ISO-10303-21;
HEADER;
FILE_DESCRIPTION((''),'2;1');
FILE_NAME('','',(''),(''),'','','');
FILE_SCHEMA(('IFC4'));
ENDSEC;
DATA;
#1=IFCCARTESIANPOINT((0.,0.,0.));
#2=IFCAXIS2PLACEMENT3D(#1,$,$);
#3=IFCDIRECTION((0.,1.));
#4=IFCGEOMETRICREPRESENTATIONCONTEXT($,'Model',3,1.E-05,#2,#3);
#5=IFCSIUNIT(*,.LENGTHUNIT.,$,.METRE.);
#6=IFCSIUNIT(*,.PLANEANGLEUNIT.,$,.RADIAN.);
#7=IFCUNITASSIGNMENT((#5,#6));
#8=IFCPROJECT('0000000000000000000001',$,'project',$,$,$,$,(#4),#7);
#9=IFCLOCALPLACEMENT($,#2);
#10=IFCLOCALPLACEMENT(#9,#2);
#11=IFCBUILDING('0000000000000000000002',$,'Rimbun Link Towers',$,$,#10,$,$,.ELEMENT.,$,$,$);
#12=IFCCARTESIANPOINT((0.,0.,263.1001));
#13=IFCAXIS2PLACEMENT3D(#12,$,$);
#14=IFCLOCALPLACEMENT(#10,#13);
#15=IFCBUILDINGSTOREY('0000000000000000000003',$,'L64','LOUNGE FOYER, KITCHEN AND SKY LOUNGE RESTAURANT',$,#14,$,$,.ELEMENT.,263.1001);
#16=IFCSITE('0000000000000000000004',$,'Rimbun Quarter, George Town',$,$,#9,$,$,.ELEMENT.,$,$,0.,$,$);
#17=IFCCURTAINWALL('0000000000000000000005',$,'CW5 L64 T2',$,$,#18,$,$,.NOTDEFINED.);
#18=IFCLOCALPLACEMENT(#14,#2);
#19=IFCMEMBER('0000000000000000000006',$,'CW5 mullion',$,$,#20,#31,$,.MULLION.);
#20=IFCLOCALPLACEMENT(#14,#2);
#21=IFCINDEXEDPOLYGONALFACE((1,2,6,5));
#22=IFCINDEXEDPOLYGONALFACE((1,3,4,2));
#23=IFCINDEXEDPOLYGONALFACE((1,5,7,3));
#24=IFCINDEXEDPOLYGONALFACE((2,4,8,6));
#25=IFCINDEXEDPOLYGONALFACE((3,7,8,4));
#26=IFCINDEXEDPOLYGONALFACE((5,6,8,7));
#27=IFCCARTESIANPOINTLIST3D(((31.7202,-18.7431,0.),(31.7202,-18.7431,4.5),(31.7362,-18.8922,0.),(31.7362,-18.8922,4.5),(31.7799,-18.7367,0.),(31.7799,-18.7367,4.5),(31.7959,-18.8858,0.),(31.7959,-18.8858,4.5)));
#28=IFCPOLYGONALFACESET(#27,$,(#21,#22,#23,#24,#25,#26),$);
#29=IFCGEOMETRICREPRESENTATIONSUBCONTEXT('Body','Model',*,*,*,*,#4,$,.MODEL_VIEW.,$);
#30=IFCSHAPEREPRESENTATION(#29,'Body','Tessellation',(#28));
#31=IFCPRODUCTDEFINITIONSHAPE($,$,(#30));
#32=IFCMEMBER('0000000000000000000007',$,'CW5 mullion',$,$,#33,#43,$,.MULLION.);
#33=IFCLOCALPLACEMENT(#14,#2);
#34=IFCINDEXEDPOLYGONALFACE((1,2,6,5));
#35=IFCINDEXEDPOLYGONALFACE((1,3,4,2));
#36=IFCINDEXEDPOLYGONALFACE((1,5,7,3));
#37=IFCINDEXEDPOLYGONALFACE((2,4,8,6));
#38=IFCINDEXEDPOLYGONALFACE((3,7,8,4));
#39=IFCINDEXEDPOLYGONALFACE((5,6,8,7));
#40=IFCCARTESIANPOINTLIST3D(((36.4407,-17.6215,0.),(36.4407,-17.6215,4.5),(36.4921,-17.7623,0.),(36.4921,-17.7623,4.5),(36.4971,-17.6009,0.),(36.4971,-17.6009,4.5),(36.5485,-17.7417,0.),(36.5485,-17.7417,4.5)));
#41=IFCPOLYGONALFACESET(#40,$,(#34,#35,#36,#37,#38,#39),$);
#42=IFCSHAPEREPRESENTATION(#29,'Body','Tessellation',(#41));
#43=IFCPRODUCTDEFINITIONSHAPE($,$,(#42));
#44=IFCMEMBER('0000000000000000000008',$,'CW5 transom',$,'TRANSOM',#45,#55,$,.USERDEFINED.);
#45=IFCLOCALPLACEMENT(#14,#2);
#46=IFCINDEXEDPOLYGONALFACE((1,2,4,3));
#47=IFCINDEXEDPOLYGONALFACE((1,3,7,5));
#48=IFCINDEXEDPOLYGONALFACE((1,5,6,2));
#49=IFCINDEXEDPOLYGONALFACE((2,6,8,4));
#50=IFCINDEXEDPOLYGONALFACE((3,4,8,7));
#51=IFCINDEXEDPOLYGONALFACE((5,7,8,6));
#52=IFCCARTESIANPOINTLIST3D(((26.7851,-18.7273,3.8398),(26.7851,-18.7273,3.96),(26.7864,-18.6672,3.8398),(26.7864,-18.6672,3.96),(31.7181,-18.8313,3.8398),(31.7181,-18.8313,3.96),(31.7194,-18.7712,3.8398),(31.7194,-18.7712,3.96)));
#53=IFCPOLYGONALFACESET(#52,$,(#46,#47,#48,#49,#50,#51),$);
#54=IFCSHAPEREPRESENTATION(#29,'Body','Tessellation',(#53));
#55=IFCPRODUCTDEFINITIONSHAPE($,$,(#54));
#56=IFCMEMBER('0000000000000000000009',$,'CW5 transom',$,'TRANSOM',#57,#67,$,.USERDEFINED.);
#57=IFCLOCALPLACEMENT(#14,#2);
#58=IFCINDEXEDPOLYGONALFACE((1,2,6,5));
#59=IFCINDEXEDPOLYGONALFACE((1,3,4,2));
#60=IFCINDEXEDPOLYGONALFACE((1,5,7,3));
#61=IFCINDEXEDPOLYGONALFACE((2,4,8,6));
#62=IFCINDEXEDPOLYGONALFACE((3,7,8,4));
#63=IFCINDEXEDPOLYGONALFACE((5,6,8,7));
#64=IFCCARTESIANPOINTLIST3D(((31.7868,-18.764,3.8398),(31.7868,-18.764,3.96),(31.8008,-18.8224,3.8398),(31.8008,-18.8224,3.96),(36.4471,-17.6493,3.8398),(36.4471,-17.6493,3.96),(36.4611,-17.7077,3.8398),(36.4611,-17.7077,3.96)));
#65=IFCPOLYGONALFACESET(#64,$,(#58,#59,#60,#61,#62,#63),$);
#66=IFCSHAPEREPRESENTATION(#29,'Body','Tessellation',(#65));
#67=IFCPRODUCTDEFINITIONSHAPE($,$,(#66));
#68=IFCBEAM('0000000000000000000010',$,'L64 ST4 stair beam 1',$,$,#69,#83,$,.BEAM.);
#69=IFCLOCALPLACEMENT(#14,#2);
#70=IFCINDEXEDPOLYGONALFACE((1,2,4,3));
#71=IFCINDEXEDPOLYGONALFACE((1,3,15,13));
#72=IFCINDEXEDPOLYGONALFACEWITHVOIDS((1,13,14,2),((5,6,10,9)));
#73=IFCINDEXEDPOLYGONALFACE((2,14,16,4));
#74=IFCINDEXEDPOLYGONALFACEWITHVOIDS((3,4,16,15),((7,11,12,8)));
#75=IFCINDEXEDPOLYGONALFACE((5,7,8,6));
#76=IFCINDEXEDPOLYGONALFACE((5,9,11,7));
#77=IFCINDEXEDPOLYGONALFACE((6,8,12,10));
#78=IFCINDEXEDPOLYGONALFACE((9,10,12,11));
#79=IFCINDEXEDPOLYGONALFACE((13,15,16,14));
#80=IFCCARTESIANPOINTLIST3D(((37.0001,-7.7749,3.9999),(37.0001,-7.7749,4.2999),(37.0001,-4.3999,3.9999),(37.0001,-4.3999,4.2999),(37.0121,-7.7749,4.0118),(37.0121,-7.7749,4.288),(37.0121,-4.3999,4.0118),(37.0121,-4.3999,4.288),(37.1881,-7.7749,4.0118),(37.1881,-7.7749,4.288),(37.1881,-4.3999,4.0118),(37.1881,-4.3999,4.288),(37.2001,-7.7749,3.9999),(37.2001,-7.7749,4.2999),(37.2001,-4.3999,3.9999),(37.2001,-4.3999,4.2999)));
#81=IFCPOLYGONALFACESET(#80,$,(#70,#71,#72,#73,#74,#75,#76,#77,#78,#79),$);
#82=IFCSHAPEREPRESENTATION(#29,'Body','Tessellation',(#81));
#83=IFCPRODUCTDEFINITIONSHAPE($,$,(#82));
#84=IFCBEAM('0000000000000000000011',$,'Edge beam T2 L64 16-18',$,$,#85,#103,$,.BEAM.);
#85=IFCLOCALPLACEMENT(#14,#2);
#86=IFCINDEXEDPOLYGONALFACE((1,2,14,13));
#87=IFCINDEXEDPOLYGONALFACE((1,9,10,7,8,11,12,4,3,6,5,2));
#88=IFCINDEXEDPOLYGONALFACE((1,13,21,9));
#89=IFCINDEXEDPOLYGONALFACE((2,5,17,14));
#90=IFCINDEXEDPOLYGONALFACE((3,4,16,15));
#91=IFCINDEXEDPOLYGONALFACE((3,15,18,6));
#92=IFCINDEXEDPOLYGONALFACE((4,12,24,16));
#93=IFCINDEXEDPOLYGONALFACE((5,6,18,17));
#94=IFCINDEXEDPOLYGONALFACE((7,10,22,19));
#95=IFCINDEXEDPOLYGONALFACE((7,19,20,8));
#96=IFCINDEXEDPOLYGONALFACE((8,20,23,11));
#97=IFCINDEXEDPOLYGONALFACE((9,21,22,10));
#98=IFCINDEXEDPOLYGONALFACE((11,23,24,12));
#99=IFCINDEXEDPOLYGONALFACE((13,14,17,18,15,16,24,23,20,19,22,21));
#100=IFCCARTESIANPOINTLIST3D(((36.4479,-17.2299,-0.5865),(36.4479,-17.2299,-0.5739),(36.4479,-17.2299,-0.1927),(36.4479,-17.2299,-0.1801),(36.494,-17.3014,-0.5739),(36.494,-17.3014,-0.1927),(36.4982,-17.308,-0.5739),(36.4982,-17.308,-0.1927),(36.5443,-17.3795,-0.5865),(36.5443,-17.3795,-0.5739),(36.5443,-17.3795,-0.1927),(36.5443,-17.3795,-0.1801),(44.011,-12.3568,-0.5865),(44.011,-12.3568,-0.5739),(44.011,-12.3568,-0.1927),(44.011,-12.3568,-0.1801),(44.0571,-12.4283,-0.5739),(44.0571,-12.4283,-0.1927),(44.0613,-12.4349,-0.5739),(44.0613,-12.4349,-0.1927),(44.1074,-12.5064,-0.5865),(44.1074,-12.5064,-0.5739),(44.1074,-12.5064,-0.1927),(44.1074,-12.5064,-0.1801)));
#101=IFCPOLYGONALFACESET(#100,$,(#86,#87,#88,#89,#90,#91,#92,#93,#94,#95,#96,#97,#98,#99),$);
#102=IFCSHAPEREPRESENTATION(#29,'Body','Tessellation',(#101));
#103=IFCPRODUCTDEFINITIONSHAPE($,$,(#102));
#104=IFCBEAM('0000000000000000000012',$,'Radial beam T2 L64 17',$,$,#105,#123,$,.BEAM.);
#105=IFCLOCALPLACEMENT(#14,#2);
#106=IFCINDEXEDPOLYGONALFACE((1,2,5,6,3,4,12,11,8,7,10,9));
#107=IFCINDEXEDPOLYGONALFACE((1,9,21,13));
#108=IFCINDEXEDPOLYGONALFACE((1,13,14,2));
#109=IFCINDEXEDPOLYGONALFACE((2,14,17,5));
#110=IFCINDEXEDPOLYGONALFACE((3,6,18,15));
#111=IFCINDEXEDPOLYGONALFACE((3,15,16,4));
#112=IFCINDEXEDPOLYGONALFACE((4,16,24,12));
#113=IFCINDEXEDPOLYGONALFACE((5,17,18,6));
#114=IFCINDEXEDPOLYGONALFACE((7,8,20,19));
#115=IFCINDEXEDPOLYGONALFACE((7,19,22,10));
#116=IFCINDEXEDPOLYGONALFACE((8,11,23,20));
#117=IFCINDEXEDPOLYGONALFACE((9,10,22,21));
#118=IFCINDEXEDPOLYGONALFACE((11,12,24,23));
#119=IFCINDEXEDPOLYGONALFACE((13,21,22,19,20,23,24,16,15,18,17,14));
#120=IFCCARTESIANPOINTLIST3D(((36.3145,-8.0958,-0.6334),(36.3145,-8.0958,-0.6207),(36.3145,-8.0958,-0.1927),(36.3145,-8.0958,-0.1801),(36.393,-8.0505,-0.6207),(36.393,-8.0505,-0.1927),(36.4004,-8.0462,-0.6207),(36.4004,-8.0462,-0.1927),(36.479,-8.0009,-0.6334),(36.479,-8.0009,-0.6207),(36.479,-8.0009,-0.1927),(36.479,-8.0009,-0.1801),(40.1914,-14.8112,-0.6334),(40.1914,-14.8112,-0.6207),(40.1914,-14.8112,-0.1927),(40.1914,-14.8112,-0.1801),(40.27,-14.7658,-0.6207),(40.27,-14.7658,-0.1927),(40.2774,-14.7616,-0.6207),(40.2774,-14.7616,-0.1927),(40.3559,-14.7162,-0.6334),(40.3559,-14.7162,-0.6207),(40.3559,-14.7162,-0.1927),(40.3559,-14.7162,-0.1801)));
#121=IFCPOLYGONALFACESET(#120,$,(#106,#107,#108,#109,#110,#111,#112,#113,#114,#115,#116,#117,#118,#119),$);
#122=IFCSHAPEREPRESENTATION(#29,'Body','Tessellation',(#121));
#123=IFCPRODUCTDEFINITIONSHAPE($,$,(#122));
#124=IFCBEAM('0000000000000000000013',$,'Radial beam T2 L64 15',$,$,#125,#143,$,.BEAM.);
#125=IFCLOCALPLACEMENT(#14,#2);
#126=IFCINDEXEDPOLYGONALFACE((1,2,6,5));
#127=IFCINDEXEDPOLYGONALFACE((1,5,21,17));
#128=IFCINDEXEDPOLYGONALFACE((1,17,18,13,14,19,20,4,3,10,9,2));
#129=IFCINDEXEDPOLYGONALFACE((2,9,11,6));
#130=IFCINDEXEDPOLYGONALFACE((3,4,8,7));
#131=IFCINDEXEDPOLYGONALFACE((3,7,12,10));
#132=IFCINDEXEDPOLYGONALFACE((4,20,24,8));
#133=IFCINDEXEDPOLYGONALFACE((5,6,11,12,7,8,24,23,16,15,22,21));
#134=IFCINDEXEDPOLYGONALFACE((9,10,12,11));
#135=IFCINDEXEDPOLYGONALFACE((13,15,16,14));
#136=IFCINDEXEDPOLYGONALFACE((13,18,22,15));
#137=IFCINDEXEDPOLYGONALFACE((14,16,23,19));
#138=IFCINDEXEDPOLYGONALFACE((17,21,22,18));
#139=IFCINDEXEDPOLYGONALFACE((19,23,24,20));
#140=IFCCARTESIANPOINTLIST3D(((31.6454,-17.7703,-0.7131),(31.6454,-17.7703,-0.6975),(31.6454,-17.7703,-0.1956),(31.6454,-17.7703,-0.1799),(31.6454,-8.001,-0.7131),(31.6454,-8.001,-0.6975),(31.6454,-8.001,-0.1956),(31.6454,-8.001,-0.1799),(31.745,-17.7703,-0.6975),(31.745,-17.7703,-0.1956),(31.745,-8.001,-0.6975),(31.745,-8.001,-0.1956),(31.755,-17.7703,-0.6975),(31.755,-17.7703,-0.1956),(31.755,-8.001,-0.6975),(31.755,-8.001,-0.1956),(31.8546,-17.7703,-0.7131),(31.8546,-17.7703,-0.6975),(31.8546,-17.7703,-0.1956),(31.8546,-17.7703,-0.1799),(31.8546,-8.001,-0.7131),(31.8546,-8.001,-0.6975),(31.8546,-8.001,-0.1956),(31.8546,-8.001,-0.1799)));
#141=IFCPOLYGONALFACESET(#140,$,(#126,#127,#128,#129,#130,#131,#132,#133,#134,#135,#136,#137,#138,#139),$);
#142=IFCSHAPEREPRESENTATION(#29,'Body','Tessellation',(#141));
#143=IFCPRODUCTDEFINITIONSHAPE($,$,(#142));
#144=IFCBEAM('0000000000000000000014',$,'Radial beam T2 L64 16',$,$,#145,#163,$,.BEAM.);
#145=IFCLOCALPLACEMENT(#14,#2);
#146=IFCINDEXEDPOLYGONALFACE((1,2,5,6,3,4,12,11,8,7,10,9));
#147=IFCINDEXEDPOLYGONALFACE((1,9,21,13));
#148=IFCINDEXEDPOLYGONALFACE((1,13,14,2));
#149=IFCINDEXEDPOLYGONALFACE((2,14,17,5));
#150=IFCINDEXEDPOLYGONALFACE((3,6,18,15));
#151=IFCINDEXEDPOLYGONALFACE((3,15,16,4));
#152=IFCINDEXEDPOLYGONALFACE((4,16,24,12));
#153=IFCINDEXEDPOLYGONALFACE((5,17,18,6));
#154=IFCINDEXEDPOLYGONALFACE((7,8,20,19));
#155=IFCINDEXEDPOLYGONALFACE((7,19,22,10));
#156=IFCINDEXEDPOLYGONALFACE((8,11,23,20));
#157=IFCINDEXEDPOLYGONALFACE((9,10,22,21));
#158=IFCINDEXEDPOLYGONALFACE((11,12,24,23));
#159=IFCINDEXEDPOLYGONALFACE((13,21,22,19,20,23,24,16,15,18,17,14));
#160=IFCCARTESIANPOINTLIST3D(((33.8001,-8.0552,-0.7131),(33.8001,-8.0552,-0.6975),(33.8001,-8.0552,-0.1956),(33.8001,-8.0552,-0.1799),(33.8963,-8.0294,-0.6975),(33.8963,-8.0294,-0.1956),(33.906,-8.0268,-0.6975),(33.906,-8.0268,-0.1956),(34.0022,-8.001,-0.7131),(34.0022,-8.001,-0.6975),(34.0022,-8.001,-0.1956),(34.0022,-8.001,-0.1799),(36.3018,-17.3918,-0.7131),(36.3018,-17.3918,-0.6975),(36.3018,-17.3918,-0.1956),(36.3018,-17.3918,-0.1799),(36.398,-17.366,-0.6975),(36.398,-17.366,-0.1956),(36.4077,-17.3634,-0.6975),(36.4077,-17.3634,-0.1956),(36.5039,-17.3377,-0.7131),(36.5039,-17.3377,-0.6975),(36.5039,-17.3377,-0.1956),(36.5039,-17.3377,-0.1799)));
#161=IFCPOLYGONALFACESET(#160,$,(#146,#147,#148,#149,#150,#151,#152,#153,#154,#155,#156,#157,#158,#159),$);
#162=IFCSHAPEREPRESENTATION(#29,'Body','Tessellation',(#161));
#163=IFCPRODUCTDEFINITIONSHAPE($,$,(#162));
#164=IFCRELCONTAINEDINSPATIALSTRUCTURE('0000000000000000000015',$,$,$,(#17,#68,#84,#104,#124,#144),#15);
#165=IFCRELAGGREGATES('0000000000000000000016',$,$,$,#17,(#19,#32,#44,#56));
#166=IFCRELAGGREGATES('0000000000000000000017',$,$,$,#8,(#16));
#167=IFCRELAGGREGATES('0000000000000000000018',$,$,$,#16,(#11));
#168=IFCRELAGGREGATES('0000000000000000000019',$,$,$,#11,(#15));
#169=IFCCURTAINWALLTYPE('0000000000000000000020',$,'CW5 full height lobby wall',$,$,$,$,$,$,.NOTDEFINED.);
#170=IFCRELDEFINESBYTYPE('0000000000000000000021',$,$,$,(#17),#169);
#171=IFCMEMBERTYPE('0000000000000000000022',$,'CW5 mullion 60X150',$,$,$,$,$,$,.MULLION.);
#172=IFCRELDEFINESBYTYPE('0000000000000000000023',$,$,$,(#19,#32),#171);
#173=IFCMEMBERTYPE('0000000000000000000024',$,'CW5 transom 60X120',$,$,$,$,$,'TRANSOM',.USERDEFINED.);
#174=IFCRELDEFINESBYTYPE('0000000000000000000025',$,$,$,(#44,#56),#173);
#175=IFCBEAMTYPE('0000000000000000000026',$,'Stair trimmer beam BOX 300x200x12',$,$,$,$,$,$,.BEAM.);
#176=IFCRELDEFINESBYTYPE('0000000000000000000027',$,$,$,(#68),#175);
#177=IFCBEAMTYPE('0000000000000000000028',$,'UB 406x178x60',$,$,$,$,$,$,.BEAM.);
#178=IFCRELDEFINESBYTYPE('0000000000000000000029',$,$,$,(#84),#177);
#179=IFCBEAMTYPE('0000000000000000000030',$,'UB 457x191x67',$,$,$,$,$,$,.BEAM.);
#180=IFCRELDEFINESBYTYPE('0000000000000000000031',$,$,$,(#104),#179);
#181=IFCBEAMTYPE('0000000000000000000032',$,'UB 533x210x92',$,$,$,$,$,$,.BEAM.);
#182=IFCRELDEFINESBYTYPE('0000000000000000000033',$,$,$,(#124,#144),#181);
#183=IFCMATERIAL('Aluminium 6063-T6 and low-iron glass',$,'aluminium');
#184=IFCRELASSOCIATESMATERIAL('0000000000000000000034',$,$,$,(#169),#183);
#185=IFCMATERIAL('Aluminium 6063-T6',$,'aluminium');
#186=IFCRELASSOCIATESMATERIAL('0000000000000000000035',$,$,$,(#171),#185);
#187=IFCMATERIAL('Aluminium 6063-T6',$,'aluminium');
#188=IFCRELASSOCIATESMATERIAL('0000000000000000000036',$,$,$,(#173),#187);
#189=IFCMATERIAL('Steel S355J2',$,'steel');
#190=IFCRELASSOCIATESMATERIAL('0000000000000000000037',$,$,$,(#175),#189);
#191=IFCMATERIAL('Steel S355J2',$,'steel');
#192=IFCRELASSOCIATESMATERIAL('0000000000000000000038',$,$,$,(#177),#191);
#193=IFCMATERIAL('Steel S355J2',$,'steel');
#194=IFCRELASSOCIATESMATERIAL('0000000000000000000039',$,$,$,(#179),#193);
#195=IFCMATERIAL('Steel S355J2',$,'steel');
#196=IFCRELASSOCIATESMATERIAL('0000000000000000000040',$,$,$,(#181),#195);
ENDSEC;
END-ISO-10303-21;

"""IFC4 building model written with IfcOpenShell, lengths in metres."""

from ifc_helpers import new_model, si_unit, direction, frame, origin, origin_2d, place, context, subcontext, project, spatial, rectangle, hollow_rectangle, i_section, extrude, material, material_profile, profile_set, type_object, element, aggregate, save


model = new_model("IFC4")

# Units and contexts
model_context = context("Model", 3, precision=1e-05, world=origin(), true_north=direction((0.0, 1.0)))
body_context = subcontext(model_context, "Body", "Model", "MODEL_VIEW")
ifc_project = project(units=[si_unit("LENGTHUNIT", "METRE"), si_unit("PLANEANGLEUNIT", "RADIAN")], contexts=[model_context])

# Site, building, storey
site_placement = place(None, origin())
site = spatial("IfcSite", under=ifc_project, at=site_placement, Name="Rimbun Quarter, George Town", CompositionType="ELEMENT", RefElevation=0.0)
building_placement = place(site_placement, origin())
building = spatial("IfcBuilding", under=site, at=building_placement, Name="Rimbun Link Towers", CompositionType="ELEMENT")
storey_placement = place(building_placement, frame((0.0, 0.0, 263.1001)))
storey = spatial("IfcBuildingStorey", under=building, at=storey_placement, Name="L64", Description="LOUNGE FOYER, KITCHEN AND SKY LOUNGE RESTAURANT", CompositionType="ELEMENT", Elevation=263.1001)

# Curtain wall, members
ifc_material_1 = material(Name="Aluminium 6063-T6 and low-iron glass", Category="aluminium")
curtain_wall_type = type_object("IfcCurtainWallType", Name="CW5 full height lobby wall", PredefinedType="NOTDEFINED", material=ifc_material_1)
curtain_wall_placement = place(storey_placement, origin())
curtain_wall = element("IfcCurtainWall", 1, at=curtain_wall_placement, inside=storey, type_object=curtain_wall_type, Name="CW5 L64 T2", PredefinedType="NOTDEFINED")
ifc_material_2 = material(Name="Aluminium 6063-T6", Category="aluminium")
ifc_material_profile_1 = material_profile(ifc_material_2, rectangle(XDim=0.1499, YDim=0.0601, at=origin_2d()), Name="MULLION 60X150")
ifc_profile_set_1 = profile_set([ifc_material_profile_1], Name="Aluminium 6063-T6")
member_type_1 = type_object("IfcMemberType", Name="CW5 mullion 60X150", PredefinedType="MULLION", material=ifc_profile_set_1)
member_1_placement = place(storey_placement, frame((31.7581, -18.8145, 0.0), z_axis=(0.0, 0.0, 1.0), x_axis=(0.106642, -0.994297, 0.0)))
member_1 = element("IfcMember", 2, at=member_1_placement, type_object=member_type_1, Name="CW5 mullion", PredefinedType="MULLION", context=body_context, shape_type="SweptSolid", body=[
    extrude(rectangle(XDim=0.1499, YDim=0.0601, at=origin_2d()), origin(), (0.0, 0.0, 1.0), 4.5),
])
member_2_placement = place(storey_placement, frame((36.4946, -17.6816, 0.0), z_axis=(0.0, 0.0, 1.0), x_axis=(0.342975, -0.939345, 0.0)))
member_2 = element("IfcMember", 3, at=member_2_placement, type_object=member_type_1, Name="CW5 mullion", PredefinedType="MULLION", context=body_context, shape_type="SweptSolid", body=[
    extrude(rectangle(XDim=0.1499, YDim=0.0601, at=origin_2d()), origin(), (0.0, 0.0, 1.0), 4.5),
])
ifc_material_3 = material(Name="Aluminium 6063-T6", Category="aluminium")
ifc_material_profile_2 = material_profile(ifc_material_3, rectangle(XDim=0.0601, YDim=0.1201, at=origin_2d()), Name="TRANSOM 60X120")
ifc_profile_set_2 = profile_set([ifc_material_profile_2], Name="Aluminium 6063-T6")
member_type_2 = type_object("IfcMemberType", Name="CW5 transom 60X120", ElementType="TRANSOM", PredefinedType="USERDEFINED", material=ifc_profile_set_2)
member_3_placement = place(storey_placement, frame((31.7188, -18.8013, 3.8999), z_axis=(-0.999778, 0.021078, 0.0), x_axis=(-0.021078, -0.999778, 0.0)))
member_3 = element("IfcMember", 4, at=member_3_placement, type_object=member_type_2, Name="CW5 transom", ObjectType="TRANSOM", PredefinedType="USERDEFINED", context=body_context, shape_type="SweptSolid", body=[
    extrude(rectangle(XDim=0.0601, YDim=0.1201, at=origin_2d()), origin(), (0.0, 0.0, 1.0), 4.9341),
])
member_4_placement = place(storey_placement, frame((36.4541, -17.6785, 3.8999), z_axis=(-0.972565, -0.232633, 0.0), x_axis=(0.232633, -0.972565, 0.0)))
member_4 = element("IfcMember", 5, at=member_4_placement, type_object=member_type_2, Name="CW5 transom", ObjectType="TRANSOM", PredefinedType="USERDEFINED", context=body_context, shape_type="SweptSolid", body=[
    extrude(rectangle(XDim=0.0601, YDim=0.1201, at=origin_2d()), origin(), (0.0, 0.0, 1.0), 4.7917),
])

# Beams
ifc_material_4 = material(Name="Steel S355J2", Category="steel")
ifc_material_profile_3 = material_profile(ifc_material_4, hollow_rectangle(XDim=0.2, YDim=0.3, WallThickness=0.012, at=origin_2d()), Name="BOX 300x200x12")
ifc_profile_set_3 = profile_set([ifc_material_profile_3], Name="Steel S355J2")
beam_type_1 = type_object("IfcBeamType", Name="Stair trimmer beam BOX 300x200x12", PredefinedType="BEAM", material=ifc_profile_set_3)
beam_1_placement = place(storey_placement, frame((37.1001, -7.7749, 4.1499), z_axis=(0.0, 1.0, 0.0), x_axis=(-1.0, 0.0, 0.0)))
element("IfcBeam", 6, at=beam_1_placement, inside=storey, type_object=beam_type_1, Name="L64 ST4 stair beam 1", PredefinedType="BEAM", context=body_context, shape_type="SweptSolid", body=[
    extrude(hollow_rectangle(XDim=0.2, YDim=0.3, WallThickness=0.012, at=origin_2d()), origin(), (0.0, 0.0, 1.0), 3.375),
])
ifc_material_5 = material(Name="Steel S355J2", Category="steel")
ifc_material_profile_4 = material_profile(ifc_material_5, i_section(OverallWidth=0.178, OverallDepth=0.4065, WebThickness=0.0078, FlangeThickness=0.0127, at=origin_2d()), Name="UB 406x178x60")
ifc_profile_set_4 = profile_set([ifc_material_profile_4], Name="Steel S355J2")
beam_type_2 = type_object("IfcBeamType", Name="UB 406x178x60", PredefinedType="BEAM", material=ifc_profile_set_4)
beam_2_placement = place(storey_placement, frame((36.4961, -17.3047, -0.3833), z_axis=(0.840616, 0.541632, 0.0), x_axis=(-0.541632, 0.840616, 0.0)))
element("IfcBeam", 7, at=beam_2_placement, inside=storey, type_object=beam_type_2, Name="Edge beam T2 L64 16-18", PredefinedType="BEAM", context=body_context, shape_type="SweptSolid", body=[
    extrude(i_section(OverallWidth=0.178, OverallDepth=0.4065, WebThickness=0.0078, FlangeThickness=0.0127, at=origin_2d()), origin(), (0.0, 0.0, 1.0), 8.9971),
])
ifc_material_6 = material(Name="Steel S355J2", Category="steel")
ifc_material_profile_5 = material_profile(ifc_material_6, i_section(OverallWidth=0.1899, OverallDepth=0.4534, WebThickness=0.0085, FlangeThickness=0.0127, at=origin_2d()), Name="UB 457x191x67")
ifc_profile_set_5 = profile_set([ifc_material_profile_5], Name="Steel S355J2")
beam_type_3 = type_object("IfcBeamType", Name="UB 457x191x67", PredefinedType="BEAM", material=ifc_profile_set_5)
beam_3_placement = place(storey_placement, frame((36.3967, -8.0483, -0.4067), z_axis=(0.499986, -0.866034, 0.0), x_axis=(0.866034, 0.499986, 0.0)))
element("IfcBeam", 8, at=beam_3_placement, inside=storey, type_object=beam_type_3, Name="Radial beam T2 L64 17", PredefinedType="BEAM", context=body_context, shape_type="SweptSolid", body=[
    extrude(i_section(OverallWidth=0.1899, OverallDepth=0.4534, WebThickness=0.0085, FlangeThickness=0.0127, at=origin_2d()), origin(), (0.0, 0.0, 1.0), 7.7542),
])
ifc_material_7 = material(Name="Steel S355J2", Category="steel")
ifc_material_profile_6 = material_profile(ifc_material_7, i_section(OverallWidth=0.2092, OverallDepth=0.5332, WebThickness=0.01, FlangeThickness=0.0156, at=origin_2d()), Name="UB 533x210x92")
ifc_profile_set_6 = profile_set([ifc_material_profile_6], Name="Steel S355J2")
beam_type_4 = type_object("IfcBeamType", Name="UB 533x210x92", PredefinedType="BEAM", material=ifc_profile_set_6)
beam_4_placement = place(storey_placement, frame((31.75, -8.001, -0.4465), z_axis=(0.0, -1.0, 0.0), x_axis=(1.0, 0.0, 0.0)))
element("IfcBeam", 9, at=beam_4_placement, inside=storey, type_object=beam_type_4, Name="Radial beam T2 L64 15", PredefinedType="BEAM", context=body_context, shape_type="SweptSolid", body=[
    extrude(i_section(OverallWidth=0.2092, OverallDepth=0.5332, WebThickness=0.01, FlangeThickness=0.0156, at=origin_2d()), origin(), (0.0, 0.0, 1.0), 9.7693),
])
beam_5_placement = place(storey_placement, frame((33.9011, -8.0281, -0.4465), z_axis=(0.258815, -0.965927, 0.0), x_axis=(0.965927, 0.258815, 0.0)))
element("IfcBeam", 10, at=beam_5_placement, inside=storey, type_object=beam_type_4, Name="Radial beam T2 L64 16", PredefinedType="BEAM", context=body_context, shape_type="SweptSolid", body=[
    extrude(i_section(OverallWidth=0.2092, OverallDepth=0.5332, WebThickness=0.01, FlangeThickness=0.0156, at=origin_2d()), origin(), (0.0, 0.0, 1.0), 9.666),
])

aggregate(curtain_wall, [member_1, member_2, member_3, member_4])

save(model, "model.ifc")
